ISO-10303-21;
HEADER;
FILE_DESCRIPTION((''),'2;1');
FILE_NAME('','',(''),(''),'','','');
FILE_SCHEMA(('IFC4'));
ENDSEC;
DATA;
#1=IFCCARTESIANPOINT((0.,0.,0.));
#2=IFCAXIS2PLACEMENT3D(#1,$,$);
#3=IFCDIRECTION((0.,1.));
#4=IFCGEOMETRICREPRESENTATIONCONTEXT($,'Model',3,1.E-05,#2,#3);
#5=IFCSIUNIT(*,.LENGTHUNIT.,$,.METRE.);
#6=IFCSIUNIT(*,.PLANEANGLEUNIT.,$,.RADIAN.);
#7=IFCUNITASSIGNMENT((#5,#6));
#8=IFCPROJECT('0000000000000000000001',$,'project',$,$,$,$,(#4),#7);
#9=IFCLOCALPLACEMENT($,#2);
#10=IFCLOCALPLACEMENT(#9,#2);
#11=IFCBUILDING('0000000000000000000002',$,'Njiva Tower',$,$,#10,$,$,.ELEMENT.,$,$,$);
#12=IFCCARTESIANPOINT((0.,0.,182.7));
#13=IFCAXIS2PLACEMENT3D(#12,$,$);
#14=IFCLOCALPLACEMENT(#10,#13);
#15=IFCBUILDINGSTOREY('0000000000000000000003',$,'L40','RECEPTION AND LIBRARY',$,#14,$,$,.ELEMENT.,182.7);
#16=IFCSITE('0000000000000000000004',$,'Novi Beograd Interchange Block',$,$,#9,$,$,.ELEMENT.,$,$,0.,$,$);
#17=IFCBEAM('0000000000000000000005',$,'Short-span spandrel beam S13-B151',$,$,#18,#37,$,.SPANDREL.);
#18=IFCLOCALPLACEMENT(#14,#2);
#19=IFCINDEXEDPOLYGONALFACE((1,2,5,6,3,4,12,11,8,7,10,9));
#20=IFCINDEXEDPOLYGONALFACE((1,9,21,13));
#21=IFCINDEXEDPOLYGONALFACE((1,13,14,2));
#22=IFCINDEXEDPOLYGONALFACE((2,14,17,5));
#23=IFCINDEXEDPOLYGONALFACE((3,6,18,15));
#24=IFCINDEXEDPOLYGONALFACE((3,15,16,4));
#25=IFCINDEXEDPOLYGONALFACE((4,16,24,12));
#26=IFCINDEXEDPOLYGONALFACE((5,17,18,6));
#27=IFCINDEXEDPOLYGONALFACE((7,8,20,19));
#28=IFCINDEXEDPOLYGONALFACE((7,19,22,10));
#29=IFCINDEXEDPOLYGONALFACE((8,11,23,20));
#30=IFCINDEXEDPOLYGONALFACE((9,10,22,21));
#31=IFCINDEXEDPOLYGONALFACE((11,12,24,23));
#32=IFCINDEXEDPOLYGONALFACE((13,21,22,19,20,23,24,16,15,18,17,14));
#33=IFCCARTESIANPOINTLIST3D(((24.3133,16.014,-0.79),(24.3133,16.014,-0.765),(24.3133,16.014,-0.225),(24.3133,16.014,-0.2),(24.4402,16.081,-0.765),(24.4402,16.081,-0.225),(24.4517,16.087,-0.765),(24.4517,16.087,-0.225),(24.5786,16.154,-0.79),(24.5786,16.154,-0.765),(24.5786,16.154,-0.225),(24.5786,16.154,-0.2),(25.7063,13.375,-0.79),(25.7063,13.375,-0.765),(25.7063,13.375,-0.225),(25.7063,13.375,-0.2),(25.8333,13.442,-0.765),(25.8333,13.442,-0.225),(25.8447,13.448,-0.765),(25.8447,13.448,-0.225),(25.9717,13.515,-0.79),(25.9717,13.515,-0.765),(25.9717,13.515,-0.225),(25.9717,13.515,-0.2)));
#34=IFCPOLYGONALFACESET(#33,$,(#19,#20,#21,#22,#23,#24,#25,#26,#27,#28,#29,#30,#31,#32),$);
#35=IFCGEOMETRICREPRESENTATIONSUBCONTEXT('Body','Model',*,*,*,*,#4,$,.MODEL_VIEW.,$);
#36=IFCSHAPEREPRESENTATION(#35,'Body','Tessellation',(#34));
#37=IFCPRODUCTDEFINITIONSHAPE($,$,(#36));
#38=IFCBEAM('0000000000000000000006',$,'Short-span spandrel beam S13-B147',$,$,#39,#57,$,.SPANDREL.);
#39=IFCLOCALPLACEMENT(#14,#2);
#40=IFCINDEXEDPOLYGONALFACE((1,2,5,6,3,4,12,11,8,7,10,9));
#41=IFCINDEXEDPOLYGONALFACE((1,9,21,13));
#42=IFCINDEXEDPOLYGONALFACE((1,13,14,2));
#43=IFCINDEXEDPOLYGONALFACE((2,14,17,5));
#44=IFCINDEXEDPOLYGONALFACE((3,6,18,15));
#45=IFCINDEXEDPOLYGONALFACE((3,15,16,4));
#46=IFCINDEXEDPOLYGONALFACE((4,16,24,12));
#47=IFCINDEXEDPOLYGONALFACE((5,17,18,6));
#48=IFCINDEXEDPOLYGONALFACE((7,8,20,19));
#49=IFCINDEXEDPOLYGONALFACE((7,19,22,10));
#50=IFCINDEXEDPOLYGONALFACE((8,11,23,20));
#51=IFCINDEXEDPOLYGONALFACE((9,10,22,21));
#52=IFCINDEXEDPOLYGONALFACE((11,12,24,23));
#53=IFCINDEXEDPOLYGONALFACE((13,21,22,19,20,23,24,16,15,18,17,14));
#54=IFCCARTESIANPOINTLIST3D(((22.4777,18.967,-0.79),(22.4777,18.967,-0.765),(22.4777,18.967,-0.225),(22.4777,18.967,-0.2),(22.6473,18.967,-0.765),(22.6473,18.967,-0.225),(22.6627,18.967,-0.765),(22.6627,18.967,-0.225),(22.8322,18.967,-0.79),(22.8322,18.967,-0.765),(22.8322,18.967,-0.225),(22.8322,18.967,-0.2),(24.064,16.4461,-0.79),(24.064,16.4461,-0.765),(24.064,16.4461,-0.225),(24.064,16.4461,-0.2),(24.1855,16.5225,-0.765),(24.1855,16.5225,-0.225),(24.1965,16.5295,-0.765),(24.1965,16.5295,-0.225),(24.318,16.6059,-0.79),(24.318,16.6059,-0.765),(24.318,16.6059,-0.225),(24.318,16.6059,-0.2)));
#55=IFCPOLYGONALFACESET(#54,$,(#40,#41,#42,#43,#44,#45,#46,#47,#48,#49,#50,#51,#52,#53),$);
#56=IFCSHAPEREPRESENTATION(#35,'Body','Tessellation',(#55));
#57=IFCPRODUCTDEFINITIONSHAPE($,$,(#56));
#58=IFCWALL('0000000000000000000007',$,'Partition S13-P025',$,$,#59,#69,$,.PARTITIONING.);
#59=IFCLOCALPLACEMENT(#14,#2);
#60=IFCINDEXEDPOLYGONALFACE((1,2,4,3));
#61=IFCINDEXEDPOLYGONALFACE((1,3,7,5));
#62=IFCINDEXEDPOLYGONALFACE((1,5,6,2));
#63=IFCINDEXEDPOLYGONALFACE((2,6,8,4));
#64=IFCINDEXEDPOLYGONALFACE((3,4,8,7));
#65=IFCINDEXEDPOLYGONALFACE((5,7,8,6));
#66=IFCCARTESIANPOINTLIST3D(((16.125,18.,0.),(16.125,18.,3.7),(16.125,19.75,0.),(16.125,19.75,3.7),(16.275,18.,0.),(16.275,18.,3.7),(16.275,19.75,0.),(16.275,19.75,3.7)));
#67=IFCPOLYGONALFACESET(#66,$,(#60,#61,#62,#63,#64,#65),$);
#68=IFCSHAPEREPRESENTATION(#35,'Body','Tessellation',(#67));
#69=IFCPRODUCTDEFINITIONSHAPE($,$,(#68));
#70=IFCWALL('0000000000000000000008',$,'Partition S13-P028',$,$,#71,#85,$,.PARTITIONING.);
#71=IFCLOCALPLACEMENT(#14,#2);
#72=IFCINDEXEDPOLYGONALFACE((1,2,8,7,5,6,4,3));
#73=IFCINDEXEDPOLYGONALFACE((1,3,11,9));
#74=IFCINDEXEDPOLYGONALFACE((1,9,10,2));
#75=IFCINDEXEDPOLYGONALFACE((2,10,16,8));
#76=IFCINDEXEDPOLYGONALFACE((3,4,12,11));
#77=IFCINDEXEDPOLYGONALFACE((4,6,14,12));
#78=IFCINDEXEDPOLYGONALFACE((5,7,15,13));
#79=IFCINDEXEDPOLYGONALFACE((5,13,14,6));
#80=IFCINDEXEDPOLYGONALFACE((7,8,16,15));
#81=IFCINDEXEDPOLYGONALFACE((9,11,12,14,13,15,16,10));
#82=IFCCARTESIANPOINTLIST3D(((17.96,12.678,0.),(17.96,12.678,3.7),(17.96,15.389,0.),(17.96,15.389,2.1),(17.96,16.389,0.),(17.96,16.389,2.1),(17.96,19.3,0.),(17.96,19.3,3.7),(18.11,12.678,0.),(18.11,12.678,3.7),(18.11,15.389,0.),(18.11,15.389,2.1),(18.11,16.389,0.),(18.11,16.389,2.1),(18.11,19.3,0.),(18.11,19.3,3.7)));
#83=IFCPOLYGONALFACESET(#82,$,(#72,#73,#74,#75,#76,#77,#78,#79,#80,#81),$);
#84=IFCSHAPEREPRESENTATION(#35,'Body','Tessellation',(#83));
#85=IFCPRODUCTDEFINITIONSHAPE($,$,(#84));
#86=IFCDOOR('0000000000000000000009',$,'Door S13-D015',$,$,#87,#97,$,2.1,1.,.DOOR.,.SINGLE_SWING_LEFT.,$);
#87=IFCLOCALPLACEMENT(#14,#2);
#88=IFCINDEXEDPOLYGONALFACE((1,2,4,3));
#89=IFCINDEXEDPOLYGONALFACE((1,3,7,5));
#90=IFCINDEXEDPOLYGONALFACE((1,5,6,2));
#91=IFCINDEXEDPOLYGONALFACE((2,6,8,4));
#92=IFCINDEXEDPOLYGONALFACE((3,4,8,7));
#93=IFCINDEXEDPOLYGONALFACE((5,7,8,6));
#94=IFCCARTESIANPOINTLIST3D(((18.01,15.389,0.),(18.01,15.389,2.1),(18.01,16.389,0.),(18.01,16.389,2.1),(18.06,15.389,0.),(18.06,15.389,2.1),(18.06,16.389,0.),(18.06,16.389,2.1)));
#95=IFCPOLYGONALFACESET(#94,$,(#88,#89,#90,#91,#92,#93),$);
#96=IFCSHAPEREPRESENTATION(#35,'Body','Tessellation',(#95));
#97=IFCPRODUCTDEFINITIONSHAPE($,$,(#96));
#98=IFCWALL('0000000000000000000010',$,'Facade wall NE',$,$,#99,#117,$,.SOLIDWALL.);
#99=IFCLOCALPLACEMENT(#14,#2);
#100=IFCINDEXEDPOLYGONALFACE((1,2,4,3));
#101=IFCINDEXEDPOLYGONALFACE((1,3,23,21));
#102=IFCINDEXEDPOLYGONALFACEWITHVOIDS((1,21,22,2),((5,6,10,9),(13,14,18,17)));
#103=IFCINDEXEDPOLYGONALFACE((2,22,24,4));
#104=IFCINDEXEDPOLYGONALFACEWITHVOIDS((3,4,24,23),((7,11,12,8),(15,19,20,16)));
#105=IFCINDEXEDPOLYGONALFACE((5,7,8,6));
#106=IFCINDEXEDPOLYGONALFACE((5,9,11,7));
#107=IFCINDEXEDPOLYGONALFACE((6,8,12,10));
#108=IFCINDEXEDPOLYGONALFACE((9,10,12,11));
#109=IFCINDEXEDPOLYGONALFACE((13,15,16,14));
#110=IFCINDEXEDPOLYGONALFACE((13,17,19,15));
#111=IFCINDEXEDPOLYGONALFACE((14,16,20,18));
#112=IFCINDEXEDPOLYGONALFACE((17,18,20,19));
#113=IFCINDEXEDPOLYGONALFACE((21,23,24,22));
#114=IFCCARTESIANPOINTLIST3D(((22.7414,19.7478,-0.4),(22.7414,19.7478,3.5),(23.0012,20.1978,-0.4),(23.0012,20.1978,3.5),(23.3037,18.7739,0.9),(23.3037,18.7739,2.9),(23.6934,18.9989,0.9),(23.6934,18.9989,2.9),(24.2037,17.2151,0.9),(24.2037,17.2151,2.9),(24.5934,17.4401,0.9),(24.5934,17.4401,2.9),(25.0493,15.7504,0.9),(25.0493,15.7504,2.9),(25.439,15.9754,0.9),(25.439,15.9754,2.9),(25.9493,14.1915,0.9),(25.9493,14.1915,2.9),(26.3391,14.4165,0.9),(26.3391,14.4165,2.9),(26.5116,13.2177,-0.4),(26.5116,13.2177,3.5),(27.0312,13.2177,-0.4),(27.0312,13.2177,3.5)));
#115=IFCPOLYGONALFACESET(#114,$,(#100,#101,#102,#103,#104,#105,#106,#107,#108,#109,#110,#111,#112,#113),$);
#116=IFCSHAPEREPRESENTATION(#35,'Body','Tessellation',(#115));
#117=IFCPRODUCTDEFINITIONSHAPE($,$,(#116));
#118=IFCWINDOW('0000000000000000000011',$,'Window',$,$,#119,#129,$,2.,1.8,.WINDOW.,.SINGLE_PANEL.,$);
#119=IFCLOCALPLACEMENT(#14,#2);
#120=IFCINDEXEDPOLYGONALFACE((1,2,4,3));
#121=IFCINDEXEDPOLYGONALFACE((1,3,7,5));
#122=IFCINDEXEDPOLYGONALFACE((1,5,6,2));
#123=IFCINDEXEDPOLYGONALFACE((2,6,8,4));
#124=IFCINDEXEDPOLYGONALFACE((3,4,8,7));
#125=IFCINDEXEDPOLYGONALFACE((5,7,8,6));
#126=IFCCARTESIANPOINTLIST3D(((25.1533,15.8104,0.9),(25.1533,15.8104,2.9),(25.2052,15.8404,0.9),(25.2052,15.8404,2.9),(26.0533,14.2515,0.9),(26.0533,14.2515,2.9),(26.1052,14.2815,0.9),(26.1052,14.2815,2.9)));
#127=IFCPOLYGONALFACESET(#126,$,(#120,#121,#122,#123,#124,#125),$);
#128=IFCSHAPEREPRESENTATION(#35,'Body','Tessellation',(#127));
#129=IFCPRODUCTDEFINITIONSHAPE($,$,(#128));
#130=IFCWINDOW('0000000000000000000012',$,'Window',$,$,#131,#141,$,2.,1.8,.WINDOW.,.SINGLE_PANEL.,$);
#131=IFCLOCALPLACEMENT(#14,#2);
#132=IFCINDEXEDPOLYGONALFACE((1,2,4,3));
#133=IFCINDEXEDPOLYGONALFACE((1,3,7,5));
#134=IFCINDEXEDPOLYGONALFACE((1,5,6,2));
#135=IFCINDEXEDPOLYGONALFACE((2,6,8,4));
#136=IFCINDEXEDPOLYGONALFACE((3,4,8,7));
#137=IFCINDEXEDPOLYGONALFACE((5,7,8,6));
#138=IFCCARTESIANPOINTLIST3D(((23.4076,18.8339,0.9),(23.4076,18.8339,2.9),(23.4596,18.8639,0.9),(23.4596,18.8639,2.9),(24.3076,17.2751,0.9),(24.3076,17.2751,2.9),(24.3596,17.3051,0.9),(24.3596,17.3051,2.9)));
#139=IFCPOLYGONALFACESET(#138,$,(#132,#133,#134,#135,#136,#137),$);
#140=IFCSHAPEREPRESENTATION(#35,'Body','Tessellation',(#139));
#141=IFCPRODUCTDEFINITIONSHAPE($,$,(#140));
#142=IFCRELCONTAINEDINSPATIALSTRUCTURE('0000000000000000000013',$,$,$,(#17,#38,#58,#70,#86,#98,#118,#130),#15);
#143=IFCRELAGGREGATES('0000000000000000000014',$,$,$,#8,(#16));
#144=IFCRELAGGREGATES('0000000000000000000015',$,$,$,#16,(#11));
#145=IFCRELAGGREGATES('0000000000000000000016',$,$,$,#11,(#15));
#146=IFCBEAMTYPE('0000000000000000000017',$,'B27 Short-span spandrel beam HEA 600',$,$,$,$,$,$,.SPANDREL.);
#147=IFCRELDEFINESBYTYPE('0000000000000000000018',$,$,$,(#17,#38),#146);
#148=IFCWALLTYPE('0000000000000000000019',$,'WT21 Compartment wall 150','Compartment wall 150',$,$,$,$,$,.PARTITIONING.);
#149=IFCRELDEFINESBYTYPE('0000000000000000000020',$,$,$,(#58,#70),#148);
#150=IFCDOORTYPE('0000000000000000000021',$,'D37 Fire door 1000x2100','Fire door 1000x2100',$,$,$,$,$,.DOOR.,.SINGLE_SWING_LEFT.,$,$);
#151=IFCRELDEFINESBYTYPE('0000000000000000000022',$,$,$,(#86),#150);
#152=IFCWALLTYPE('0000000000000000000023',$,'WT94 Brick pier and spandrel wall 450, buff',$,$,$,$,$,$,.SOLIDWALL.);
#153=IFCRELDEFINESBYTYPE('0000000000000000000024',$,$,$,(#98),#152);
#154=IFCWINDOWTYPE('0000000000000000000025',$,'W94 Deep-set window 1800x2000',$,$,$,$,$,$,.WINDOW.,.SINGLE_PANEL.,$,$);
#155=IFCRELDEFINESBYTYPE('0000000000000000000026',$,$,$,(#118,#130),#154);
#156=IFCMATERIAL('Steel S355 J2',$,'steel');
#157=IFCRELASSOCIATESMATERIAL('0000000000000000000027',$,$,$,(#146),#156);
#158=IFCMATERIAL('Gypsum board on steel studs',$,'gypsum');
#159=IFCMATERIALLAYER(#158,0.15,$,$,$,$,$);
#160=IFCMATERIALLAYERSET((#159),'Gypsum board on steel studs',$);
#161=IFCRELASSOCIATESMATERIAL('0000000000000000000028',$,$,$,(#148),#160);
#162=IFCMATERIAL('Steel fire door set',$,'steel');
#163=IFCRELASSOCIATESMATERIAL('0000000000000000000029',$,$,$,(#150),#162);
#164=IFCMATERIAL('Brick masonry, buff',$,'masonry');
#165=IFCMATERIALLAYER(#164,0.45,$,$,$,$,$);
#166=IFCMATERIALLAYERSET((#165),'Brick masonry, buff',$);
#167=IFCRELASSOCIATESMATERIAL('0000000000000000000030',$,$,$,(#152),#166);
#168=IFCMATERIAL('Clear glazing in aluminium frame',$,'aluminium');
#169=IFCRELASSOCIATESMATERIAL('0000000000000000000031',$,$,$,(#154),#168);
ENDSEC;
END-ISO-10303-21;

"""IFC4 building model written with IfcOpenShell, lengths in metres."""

from ifc_helpers import new_model, si_unit, direction, frame, frame_2d, origin, origin_2d, place, context, subcontext, project, spatial, polyline, rectangle, i_section, outline, extrude, clip, halfspace, material, layer, layer_set, material_profile, profile_set, type_object, element, fill, save


model = new_model("IFC4")

# Units and contexts
model_context = context("Model", 3, precision=1e-05, world=origin(), true_north=direction((0.0, 1.0)))
body_context = subcontext(model_context, "Body", "Model", "MODEL_VIEW")
ifc_project = project(units=[si_unit("LENGTHUNIT", "METRE"), si_unit("PLANEANGLEUNIT", "RADIAN")], contexts=[model_context])

# Site, building, storey
site_placement = place(None, origin())
site = spatial("IfcSite", under=ifc_project, at=site_placement, Name="Novi Beograd Interchange Block", CompositionType="ELEMENT", RefElevation=0.0)
building_placement = place(site_placement, origin())
building = spatial("IfcBuilding", under=site, at=building_placement, Name="Njiva Tower", CompositionType="ELEMENT")
storey_placement = place(building_placement, frame((0.0, 0.0, 182.7)))
storey = spatial("IfcBuildingStorey", under=building, at=storey_placement, Name="L40", Description="RECEPTION AND LIBRARY", CompositionType="ELEMENT", Elevation=182.7)

# Shared definitions
ifc_material_1 = material(Name="Steel S355 J2", Category="steel")

# Beams
ifc_material_profile_1 = material_profile(ifc_material_1, i_section(OverallWidth=0.3, OverallDepth=0.59, WebThickness=0.013, FlangeThickness=0.025, at=origin_2d()), Name="HEA 600")
ifc_profile_set_1 = profile_set([ifc_material_profile_1], Name="Steel S355 J2")
beam_type_1 = type_object("IfcBeamType", Name="B27 Short-span spandrel beam HEA 600", PredefinedType="SPANDREL", material=ifc_profile_set_1)
beam_1_placement = place(storey_placement, frame((25.839, 13.445, -0.495), z_axis=(-0.46681, 0.884358, 0.0), x_axis=(-0.884358, -0.46681, 0.0)))
element("IfcBeam", 1, at=beam_1_placement, inside=storey, type_object=beam_type_1, Name="Short-span spandrel beam S13-B151", PredefinedType="SPANDREL", context=body_context, shape_type="SweptSolid", body=[
    extrude(i_section(OverallWidth=0.3, OverallDepth=0.59, WebThickness=0.013, FlangeThickness=0.025, at=origin_2d()), origin(), (0.0, 0.0, 1.0), 2.9841),
])
beam_2_placement = place(storey_placement, frame((24.191, 16.526, -0.495), z_axis=(-0.532583, 0.846378, 0.0), x_axis=(-0.846378, -0.532583, 0.0)))
element("IfcBeam", 2, at=beam_2_placement, inside=storey, type_object=beam_type_1, Name="Short-span spandrel beam S13-B147", PredefinedType="SPANDREL", context=body_context, shape_type="Clipping", body=[
    clip(extrude(i_section(OverallWidth=0.3, OverallDepth=0.59, WebThickness=0.013, FlangeThickness=0.025, at=origin_2d()), origin(), (0.0, 0.0, 1.0), 2.9981), halfspace(frame((-0.0267, 0.0, 2.8673), z_axis=(-0.532583, 0.0, 0.846378), x_axis=(0.0, 1.0, 0.0)), False)),
])

# Wall
ifc_material_2 = material(Name="Gypsum board on steel studs", Category="gypsum")
ifc_layer_1 = layer(ifc_material_2, 0.15)
ifc_layer_set_1 = layer_set([ifc_layer_1], Name="Gypsum board on steel studs")
wall_type_1 = type_object("IfcWallType", Name="WT21 Compartment wall 150", Description="Compartment wall 150", PredefinedType="PARTITIONING", material=ifc_layer_set_1)
wall_1_placement = place(storey_placement, frame((16.2, 18.0, 0.0), z_axis=(0.0, 0.0, 1.0), x_axis=(0.0, 1.0, 0.0)))
element("IfcWall", 3, at=wall_1_placement, inside=storey, type_object=wall_type_1, Name="Partition S13-P025", PredefinedType="PARTITIONING", context=body_context, shape_type="SweptSolid", body=[
    extrude(rectangle(XDim=1.75, YDim=0.15, at=frame_2d((0.875, 0.0))), origin(), (0.0, 0.0, 1.0), 3.7),
])

# Wall, opening, door
wall_2_placement = place(storey_placement, frame((18.035, 12.678, 0.0), z_axis=(0.0, 0.0, 1.0), x_axis=(0.0, 1.0, 0.0)))
wall_2 = element("IfcWall", 4, at=wall_2_placement, inside=storey, type_object=wall_type_1, Name="Partition S13-P028", PredefinedType="PARTITIONING", context=body_context, shape_type="SweptSolid", body=[
    extrude(rectangle(XDim=6.622, YDim=0.15, at=frame_2d((3.311, 0.0))), origin(), (0.0, 0.0, 1.0), 3.7),
])
opening_1_placement = place(wall_2_placement, frame((2.711, 0.0, 0.0)))
opening_1 = element("IfcOpeningElement", 5, at=opening_1_placement, cuts=wall_2, PredefinedType="OPENING", context=body_context, shape_type="SweptSolid", body=[
    extrude(rectangle(XDim=1.0, YDim=2.1, at=frame_2d((0.5, 1.05))), frame((0.0, 0.085, 0.0), z_axis=(0.0, -1.0, 0.0), x_axis=(1.0, 0.0, 0.0)), (0.0, 0.0, 1.0), 0.17),
])
ifc_material_3 = material(Name="Steel fire door set", Category="steel")
door_type = type_object("IfcDoorType", Name="D37 Fire door 1000x2100", Description="Fire door 1000x2100", OperationType="SINGLE_SWING_LEFT", PredefinedType="DOOR", material=ifc_material_3)
door_placement = place(opening_1_placement, origin())
door = element("IfcDoor", 6, at=door_placement, inside=storey, type_object=door_type, Name="Door S13-D015", OperationType="SINGLE_SWING_LEFT", OverallHeight=2.1, OverallWidth=1.0, PredefinedType="DOOR", context=body_context, shape_type="SweptSolid", body=[
    extrude(rectangle(XDim=1.0, YDim=2.1, at=frame_2d((0.5, 1.05))), frame((0.0, 0.025, 0.0), z_axis=(0.0, -1.0, 0.0), x_axis=(1.0, 0.0, 0.0)), (0.0, 0.0, 1.0), 0.05),
])
fill(opening_1, door)

# Wall, openings, windows
ifc_material_4 = material(Name="Clear glazing in aluminium frame", Category="aluminium")
ifc_material_5 = material(Name="Brick masonry, buff", Category="masonry")
ifc_layer_2 = layer(ifc_material_5, 0.45)
ifc_layer_set_2 = layer_set([ifc_layer_2], Name="Brick masonry, buff")
wall_type_2 = type_object("IfcWallType", Name="WT94 Brick pier and spandrel wall 450, buff", PredefinedType="SOLIDWALL", material=ifc_layer_set_2)
wall_3_placement = place(storey_placement, frame((26.7714, 13.2177, -0.4), z_axis=(0.0, 0.0, 1.0), x_axis=(-0.500004, 0.866023, 0.0)))
wall_3 = element("IfcWall", 7, at=wall_3_placement, inside=storey, type_object=wall_type_2, Name="Facade wall NE", PredefinedType="SOLIDWALL", context=body_context, shape_type="SweptSolid", body=[
    extrude(outline(polyline([(-0.1299, -0.225), (7.93, -0.225), (7.6702, 0.225), (0.1299, 0.225), (-0.1299, -0.225)])), origin(), (0.0, 0.0, 1.0), 3.9),
])
opening_2_placement = place(wall_3_placement, frame((1.2544, 0.0, 1.3)))
opening_2 = element("IfcOpeningElement", 8, at=opening_2_placement, cuts=wall_3, PredefinedType="OPENING", context=body_context, shape_type="SweptSolid", body=[
    extrude(rectangle(XDim=1.8, YDim=2.0, at=frame_2d((0.9, 1.0))), frame((0.0, 0.235, 0.0), z_axis=(0.0, -1.0, 0.0), x_axis=(1.0, 0.0, 0.0)), (0.0, 0.0, 1.0), 0.47),
])
opening_3_placement = place(wall_3_placement, frame((4.7457, 0.0, 1.3)))
opening_3 = element("IfcOpeningElement", 9, at=opening_3_placement, cuts=wall_3, PredefinedType="OPENING", context=body_context, shape_type="SweptSolid", body=[
    extrude(rectangle(XDim=1.8, YDim=2.0, at=frame_2d((0.9, 1.0))), frame((0.0, 0.235, 0.0), z_axis=(0.0, -1.0, 0.0), x_axis=(1.0, 0.0, 0.0)), (0.0, 0.0, 1.0), 0.47),
])
window_type_1 = type_object("IfcWindowType", Name="W94 Deep-set window 1800x2000", PartitioningType="SINGLE_PANEL", PredefinedType="WINDOW", material=ifc_material_4)
window_1_placement = place(opening_2_placement, origin())
window_1 = element("IfcWindow", 10, at=window_1_placement, inside=storey, type_object=window_type_1, Name="Window", OverallHeight=2.0, OverallWidth=1.8, PartitioningType="SINGLE_PANEL", PredefinedType="WINDOW", context=body_context, shape_type="SweptSolid", body=[
    extrude(rectangle(XDim=1.8, YDim=2.0, at=frame_2d((0.9, 1.0))), frame((0.0, 0.105, 0.0), z_axis=(0.0, -1.0, 0.0), x_axis=(1.0, 0.0, 0.0)), (0.0, 0.0, 1.0), 0.06),
])
fill(opening_2, window_1)
window_2_placement = place(opening_3_placement, origin())
window_2 = element("IfcWindow", 11, at=window_2_placement, inside=storey, type_object=window_type_1, Name="Window", OverallHeight=2.0, OverallWidth=1.8, PartitioningType="SINGLE_PANEL", PredefinedType="WINDOW", context=body_context, shape_type="SweptSolid", body=[
    extrude(rectangle(XDim=1.8, YDim=2.0, at=frame_2d((0.9, 1.0))), frame((0.0, 0.105, 0.0), z_axis=(0.0, -1.0, 0.0), x_axis=(1.0, 0.0, 0.0)), (0.0, 0.0, 1.0), 0.06),
])
fill(opening_3, window_2)

save(model, "model.ifc")
